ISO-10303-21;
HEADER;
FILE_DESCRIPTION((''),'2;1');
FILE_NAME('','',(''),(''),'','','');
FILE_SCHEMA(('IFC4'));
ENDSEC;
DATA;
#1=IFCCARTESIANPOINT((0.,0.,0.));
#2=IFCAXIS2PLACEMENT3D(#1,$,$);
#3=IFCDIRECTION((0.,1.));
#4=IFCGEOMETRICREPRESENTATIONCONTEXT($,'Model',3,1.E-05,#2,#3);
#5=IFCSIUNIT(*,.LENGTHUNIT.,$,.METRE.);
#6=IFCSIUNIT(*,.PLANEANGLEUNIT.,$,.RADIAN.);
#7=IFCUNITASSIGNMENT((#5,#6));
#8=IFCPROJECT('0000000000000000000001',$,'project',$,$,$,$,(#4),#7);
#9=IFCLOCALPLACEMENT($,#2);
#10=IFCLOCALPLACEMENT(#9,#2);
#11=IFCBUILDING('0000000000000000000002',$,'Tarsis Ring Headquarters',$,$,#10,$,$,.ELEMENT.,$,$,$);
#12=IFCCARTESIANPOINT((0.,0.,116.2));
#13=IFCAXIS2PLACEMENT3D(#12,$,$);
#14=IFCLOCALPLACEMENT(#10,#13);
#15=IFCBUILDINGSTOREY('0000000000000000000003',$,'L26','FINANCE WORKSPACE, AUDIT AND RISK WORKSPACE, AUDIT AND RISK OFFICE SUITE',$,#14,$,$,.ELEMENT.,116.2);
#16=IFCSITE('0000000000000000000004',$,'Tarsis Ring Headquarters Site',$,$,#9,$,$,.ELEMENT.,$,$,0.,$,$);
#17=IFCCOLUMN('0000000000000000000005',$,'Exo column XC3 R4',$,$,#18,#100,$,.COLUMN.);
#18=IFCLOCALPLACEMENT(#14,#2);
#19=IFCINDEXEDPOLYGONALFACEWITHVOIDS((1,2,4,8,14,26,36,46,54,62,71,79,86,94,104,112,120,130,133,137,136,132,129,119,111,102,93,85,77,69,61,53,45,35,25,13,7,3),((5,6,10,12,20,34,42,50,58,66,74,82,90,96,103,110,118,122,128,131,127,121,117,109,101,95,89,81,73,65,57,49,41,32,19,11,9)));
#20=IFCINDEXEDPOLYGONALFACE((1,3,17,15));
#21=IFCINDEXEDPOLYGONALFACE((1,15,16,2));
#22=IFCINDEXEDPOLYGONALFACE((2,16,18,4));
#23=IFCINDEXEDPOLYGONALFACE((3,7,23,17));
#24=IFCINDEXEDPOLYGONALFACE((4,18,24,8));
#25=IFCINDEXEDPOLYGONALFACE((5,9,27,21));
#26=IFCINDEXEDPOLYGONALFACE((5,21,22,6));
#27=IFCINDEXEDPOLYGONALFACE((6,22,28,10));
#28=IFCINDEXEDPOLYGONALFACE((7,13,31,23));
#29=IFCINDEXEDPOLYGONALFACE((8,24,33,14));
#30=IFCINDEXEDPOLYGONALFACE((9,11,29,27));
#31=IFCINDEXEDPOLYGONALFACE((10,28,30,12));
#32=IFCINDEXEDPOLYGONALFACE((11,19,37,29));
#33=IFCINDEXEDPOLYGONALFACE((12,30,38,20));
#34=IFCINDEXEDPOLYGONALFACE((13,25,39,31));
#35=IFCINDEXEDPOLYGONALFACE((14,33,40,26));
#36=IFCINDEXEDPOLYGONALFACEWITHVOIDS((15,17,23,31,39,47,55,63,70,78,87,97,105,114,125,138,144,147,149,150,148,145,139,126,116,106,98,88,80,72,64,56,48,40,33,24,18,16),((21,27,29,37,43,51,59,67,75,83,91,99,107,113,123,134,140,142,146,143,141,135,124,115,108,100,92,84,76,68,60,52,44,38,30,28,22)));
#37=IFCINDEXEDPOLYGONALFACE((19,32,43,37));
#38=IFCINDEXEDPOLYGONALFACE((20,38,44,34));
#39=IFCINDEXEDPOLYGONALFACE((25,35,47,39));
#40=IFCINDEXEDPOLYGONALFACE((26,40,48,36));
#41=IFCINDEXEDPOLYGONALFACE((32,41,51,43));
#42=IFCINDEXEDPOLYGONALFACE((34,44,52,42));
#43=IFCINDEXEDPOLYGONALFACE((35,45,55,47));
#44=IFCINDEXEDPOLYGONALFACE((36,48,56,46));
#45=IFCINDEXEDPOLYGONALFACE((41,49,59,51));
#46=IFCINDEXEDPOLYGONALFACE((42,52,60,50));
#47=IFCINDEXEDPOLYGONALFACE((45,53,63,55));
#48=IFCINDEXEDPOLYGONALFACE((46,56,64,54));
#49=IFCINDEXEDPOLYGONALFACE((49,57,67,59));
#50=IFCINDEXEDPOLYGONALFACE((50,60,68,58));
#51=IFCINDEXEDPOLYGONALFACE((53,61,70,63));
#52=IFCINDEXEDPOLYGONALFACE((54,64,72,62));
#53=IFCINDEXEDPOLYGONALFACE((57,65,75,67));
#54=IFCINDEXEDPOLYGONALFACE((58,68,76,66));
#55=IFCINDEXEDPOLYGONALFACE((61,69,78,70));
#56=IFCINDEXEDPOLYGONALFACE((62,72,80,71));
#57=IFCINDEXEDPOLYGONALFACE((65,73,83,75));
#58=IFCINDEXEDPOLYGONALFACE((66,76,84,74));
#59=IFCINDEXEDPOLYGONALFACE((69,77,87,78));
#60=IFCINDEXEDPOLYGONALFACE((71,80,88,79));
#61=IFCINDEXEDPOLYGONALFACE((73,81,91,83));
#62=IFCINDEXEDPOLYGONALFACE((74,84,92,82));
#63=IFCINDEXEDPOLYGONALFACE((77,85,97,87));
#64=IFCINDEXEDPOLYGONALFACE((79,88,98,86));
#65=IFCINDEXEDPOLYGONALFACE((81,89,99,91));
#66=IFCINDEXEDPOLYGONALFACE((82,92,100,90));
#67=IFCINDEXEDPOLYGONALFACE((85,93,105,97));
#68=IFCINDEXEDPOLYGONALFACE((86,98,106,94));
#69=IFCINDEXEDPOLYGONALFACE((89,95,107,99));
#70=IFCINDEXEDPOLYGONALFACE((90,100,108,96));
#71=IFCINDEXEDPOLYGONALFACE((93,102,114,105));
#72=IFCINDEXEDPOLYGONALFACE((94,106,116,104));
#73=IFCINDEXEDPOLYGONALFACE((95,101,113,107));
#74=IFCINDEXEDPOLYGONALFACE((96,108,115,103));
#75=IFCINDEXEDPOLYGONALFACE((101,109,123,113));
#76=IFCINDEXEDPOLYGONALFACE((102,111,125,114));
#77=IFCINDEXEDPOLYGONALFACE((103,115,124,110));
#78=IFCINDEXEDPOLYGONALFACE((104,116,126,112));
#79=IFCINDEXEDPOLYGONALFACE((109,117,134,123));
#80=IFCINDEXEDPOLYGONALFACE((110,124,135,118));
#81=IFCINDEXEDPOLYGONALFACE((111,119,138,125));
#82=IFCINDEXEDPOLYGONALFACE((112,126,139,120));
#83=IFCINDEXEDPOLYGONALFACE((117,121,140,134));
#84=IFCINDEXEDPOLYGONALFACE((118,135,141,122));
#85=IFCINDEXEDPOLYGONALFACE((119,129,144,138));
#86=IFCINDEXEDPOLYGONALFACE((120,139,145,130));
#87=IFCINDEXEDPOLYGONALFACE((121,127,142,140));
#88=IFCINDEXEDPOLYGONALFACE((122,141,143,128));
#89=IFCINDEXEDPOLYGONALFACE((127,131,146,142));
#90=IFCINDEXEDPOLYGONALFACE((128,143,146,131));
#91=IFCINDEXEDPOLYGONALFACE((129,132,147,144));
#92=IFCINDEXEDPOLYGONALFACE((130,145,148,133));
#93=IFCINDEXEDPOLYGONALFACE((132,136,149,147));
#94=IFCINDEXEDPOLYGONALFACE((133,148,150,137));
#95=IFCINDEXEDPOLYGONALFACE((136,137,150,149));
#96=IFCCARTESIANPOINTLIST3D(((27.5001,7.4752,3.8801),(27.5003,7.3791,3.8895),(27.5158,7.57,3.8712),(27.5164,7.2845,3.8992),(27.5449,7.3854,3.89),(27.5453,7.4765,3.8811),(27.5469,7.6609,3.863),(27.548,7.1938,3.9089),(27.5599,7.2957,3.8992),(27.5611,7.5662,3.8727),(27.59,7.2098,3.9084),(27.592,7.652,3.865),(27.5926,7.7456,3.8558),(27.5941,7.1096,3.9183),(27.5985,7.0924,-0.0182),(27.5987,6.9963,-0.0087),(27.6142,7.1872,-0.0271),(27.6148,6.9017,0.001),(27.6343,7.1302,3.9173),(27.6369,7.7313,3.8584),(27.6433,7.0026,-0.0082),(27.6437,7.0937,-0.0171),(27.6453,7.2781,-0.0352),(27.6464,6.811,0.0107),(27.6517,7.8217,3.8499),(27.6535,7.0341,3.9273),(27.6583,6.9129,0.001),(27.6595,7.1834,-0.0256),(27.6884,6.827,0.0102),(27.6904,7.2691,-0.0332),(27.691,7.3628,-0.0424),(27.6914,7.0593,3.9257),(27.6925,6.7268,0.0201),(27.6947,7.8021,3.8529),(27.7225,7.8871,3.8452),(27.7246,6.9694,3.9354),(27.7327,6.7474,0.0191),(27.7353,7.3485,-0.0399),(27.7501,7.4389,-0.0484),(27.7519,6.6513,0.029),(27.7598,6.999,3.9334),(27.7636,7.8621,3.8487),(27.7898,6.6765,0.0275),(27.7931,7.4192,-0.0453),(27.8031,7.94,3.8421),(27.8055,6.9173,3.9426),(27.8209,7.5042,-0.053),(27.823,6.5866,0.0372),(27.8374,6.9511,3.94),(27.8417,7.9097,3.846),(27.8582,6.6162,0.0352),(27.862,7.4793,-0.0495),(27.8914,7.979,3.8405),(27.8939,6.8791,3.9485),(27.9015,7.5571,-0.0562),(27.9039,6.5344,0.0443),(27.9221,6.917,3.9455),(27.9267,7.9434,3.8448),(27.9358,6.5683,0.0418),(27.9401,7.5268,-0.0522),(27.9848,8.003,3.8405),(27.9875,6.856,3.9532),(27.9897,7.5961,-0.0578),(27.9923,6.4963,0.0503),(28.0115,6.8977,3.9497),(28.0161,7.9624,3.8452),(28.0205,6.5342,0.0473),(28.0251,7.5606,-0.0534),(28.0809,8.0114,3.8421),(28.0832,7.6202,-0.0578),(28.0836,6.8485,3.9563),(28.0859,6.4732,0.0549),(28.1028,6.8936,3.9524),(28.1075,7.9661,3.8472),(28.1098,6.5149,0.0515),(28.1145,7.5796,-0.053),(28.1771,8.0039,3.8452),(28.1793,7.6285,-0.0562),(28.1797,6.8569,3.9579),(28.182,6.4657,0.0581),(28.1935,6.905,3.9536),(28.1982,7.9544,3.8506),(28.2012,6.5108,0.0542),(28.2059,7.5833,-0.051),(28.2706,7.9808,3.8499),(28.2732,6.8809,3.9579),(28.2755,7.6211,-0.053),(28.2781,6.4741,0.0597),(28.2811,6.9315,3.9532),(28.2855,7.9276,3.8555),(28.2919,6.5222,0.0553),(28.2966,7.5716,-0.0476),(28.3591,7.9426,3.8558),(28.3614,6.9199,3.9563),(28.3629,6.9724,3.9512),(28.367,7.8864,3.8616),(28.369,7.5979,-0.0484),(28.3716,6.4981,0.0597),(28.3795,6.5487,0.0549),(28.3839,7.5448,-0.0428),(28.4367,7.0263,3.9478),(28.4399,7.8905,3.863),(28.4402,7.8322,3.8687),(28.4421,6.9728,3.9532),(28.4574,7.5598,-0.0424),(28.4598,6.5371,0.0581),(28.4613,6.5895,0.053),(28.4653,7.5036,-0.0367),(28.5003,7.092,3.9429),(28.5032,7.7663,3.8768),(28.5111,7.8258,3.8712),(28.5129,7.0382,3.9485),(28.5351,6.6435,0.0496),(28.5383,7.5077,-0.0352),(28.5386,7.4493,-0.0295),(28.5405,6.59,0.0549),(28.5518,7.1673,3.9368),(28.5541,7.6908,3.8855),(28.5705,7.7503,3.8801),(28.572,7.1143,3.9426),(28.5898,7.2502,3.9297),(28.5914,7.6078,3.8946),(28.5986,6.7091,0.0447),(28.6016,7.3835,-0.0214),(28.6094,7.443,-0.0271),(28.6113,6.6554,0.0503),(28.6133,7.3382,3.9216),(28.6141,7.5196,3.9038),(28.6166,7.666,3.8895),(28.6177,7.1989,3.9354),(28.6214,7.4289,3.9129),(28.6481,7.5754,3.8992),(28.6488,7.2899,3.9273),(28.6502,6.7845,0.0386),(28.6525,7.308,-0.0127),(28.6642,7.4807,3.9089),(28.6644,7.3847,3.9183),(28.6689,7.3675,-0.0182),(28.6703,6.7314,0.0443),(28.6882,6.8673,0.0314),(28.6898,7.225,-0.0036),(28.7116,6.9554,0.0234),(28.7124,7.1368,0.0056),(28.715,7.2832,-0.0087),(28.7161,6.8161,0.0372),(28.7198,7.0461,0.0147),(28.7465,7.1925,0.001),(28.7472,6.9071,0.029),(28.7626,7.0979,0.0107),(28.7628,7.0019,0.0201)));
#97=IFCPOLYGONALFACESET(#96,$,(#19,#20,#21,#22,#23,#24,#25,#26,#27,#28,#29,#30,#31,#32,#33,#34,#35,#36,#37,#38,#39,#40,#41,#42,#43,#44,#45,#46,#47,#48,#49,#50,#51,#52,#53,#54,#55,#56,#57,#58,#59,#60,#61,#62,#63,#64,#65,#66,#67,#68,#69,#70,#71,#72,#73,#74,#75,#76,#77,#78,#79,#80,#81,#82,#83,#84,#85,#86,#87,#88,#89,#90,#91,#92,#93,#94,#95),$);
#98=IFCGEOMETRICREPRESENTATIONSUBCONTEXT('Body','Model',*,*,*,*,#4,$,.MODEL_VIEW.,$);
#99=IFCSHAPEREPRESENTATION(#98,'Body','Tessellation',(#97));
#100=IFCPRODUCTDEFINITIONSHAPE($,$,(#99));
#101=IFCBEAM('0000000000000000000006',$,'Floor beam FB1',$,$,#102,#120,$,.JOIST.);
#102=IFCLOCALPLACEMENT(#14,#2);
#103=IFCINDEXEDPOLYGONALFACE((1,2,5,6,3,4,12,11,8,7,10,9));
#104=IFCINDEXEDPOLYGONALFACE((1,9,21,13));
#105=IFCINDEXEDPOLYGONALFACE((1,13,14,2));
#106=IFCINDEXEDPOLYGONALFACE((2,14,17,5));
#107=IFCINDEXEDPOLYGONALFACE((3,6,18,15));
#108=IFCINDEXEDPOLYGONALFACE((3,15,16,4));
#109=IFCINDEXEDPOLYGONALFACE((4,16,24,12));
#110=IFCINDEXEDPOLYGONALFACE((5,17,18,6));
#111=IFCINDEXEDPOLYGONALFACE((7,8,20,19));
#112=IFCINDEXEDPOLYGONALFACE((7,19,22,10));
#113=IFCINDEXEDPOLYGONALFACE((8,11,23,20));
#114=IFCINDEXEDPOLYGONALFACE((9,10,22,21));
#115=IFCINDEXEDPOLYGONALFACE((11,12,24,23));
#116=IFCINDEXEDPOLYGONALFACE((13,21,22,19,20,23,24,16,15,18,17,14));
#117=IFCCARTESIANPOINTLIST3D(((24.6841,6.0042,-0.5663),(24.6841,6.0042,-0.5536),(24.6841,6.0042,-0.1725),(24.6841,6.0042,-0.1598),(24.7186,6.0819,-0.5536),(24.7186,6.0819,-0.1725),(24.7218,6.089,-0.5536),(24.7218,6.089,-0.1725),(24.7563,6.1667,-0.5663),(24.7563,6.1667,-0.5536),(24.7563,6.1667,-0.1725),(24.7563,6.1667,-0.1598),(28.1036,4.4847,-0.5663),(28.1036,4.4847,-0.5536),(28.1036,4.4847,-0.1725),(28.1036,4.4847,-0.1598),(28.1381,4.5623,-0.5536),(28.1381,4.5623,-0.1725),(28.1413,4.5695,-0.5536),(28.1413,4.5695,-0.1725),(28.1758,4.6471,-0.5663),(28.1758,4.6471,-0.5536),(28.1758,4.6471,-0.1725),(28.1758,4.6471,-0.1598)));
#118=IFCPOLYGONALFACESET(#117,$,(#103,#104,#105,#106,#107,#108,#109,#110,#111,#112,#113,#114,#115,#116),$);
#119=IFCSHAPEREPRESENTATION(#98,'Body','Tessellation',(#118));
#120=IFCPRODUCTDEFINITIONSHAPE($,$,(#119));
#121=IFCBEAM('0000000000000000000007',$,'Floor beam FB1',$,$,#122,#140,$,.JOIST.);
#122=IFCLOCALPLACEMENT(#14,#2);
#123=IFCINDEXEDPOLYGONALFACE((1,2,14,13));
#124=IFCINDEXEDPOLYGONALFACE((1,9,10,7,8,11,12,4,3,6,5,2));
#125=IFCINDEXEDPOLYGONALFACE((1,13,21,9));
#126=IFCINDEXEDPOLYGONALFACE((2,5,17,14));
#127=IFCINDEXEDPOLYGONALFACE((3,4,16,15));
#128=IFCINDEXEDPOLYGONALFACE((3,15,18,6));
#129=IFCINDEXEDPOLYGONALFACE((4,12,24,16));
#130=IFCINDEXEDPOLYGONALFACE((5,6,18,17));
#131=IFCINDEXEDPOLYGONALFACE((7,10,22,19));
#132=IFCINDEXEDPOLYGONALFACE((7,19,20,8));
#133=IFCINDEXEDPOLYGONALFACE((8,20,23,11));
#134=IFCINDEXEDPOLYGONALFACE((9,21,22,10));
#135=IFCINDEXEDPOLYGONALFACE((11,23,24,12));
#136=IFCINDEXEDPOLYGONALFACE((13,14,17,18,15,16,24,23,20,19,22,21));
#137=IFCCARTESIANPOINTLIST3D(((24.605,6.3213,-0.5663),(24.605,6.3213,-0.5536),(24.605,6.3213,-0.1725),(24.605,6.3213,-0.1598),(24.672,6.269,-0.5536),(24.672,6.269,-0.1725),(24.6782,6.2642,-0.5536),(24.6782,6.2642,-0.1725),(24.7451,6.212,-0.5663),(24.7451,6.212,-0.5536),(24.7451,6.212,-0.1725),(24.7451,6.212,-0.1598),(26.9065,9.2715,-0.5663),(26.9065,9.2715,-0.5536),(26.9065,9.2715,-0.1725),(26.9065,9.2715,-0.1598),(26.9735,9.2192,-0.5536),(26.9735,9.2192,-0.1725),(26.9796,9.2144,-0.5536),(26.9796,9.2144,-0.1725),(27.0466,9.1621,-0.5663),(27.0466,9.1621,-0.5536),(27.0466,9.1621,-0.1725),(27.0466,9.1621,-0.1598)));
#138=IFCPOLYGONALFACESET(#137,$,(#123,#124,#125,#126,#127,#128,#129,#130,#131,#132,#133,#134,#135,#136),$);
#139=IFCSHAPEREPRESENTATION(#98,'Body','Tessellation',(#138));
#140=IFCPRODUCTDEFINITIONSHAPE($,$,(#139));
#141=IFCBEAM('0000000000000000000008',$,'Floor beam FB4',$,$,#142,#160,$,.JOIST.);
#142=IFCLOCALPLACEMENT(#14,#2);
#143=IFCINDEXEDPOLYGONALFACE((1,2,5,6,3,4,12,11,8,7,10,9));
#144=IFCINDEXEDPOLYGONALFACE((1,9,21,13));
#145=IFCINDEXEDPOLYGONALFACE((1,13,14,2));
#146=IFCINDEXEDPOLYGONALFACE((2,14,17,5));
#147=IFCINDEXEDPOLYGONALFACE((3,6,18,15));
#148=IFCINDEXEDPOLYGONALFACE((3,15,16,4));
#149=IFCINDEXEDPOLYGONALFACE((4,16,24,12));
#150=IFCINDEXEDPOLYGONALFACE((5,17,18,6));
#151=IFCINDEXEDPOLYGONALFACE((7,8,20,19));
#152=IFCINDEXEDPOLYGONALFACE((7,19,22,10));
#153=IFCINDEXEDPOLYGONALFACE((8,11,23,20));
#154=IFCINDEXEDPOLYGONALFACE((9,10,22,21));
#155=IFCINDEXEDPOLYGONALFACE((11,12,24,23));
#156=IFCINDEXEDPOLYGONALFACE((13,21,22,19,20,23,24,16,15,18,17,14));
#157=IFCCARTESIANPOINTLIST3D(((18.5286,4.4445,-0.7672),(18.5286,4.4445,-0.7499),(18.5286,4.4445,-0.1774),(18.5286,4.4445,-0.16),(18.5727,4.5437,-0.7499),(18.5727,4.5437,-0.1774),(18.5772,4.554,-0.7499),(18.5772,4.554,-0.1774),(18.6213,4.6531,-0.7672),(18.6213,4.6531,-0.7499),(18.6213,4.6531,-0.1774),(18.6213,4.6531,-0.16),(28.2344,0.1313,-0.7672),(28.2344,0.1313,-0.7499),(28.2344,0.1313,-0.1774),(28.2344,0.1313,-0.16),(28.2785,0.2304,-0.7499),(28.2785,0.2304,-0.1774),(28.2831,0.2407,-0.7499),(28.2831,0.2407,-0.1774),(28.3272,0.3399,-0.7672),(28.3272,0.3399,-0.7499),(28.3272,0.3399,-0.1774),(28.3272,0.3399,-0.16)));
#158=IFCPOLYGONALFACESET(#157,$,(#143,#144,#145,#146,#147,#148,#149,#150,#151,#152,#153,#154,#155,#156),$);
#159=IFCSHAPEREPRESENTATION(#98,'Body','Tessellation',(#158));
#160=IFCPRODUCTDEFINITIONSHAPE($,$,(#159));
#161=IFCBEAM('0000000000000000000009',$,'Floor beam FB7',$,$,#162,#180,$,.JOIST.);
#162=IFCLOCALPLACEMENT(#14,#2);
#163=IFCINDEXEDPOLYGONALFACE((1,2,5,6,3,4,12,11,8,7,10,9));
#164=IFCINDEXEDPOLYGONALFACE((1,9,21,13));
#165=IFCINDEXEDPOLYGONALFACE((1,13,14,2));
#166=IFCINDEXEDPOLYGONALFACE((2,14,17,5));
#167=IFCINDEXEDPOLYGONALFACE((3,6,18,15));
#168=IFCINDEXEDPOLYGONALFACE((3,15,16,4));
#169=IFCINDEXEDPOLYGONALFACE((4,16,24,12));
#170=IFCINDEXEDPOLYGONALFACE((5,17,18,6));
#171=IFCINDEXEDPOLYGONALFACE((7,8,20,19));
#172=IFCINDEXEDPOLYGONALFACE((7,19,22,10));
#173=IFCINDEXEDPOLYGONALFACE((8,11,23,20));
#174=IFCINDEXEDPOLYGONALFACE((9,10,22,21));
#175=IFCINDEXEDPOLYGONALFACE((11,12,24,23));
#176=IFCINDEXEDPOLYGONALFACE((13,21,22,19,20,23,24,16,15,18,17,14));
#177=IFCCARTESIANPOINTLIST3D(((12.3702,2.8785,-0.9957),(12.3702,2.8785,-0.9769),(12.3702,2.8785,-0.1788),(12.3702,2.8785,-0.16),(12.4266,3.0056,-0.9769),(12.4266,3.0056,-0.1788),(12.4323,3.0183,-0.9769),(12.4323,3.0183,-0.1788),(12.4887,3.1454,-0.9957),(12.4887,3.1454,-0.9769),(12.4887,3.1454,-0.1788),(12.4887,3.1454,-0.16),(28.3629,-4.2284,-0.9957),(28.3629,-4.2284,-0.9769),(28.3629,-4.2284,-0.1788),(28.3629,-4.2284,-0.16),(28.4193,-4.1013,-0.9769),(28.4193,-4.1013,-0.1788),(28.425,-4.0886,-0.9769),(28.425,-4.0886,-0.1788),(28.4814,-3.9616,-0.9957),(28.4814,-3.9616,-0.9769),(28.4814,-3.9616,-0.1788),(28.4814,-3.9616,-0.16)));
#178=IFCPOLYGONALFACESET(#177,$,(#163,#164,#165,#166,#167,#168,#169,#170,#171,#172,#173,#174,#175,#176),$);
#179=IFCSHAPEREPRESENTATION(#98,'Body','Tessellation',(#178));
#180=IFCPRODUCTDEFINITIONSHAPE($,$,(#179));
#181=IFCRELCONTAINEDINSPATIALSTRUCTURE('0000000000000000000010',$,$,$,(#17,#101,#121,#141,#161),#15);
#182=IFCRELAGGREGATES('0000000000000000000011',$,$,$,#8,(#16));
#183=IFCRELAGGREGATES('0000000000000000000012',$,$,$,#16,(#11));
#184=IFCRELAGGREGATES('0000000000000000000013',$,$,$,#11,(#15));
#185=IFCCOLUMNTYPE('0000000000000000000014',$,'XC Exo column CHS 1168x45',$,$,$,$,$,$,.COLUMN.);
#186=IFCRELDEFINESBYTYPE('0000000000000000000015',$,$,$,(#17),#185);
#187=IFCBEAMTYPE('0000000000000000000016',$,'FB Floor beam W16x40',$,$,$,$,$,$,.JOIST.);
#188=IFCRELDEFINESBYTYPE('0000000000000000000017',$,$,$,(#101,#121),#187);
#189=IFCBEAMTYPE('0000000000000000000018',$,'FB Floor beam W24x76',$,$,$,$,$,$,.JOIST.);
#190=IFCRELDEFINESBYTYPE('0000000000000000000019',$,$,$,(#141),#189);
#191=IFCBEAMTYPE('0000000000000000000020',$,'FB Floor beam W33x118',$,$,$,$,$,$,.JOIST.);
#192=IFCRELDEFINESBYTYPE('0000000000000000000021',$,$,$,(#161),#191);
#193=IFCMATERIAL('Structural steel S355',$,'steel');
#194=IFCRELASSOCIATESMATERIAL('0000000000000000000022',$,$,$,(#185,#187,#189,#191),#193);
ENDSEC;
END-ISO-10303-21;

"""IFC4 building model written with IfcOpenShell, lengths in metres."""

from ifc_helpers import new_model, si_unit, direction, frame, origin, origin_2d, place, context, subcontext, project, spatial, hollow_circle, i_section, extrude, material, material_profile, profile_set, type_object, element, save


model = new_model("IFC4")

# Units and contexts
model_context = context("Model", 3, precision=1e-05, world=origin(), true_north=direction((0.0, 1.0)))
body_context = subcontext(model_context, "Body", "Model", "MODEL_VIEW")
ifc_project = project(units=[si_unit("LENGTHUNIT", "METRE"), si_unit("PLANEANGLEUNIT", "RADIAN")], contexts=[model_context])

# Site, building, storey
site_placement = place(None, origin())
site = spatial("IfcSite", under=ifc_project, at=site_placement, Name="Tarsis Ring Headquarters Site", CompositionType="ELEMENT", RefElevation=0.0)
building_placement = place(site_placement, origin())
building = spatial("IfcBuilding", under=site, at=building_placement, Name="Tarsis Ring Headquarters", CompositionType="ELEMENT")
storey_placement = place(building_placement, frame((0.0, 0.0, 116.2)))
storey = spatial("IfcBuildingStorey", under=building, at=storey_placement, Name="L26", Description="FINANCE WORKSPACE, AUDIT AND RISK WORKSPACE, AUDIT AND RISK OFFICE SUITE", CompositionType="ELEMENT", Elevation=116.2)

# Column
ifc_material_1 = material(Name="Structural steel S355", Category="steel")
ifc_material_profile_1 = material_profile(ifc_material_1, hollow_circle(Radius=0.5842, WallThickness=0.0449, at=origin_2d()), Name="CHS 1168x45")
ifc_profile_set_1 = profile_set([ifc_material_profile_1], Name="Structural steel S355")
column_type = type_object("IfcColumnType", Name="XC Exo column CHS 1168x45", PredefinedType="COLUMN", material=ifc_profile_set_1)
column_placement = place(storey_placement, frame((28.1807, 7.0471, 0.001), z_axis=(-0.025111, 0.097702, 0.994899), x_axis=(-0.968523, -0.248925, 0.0)))
element("IfcColumn", 1, at=column_placement, inside=storey, type_object=column_type, Name="Exo column XC3 R4", PredefinedType="COLUMN", context=body_context, shape_type="SweptSolid", body=[
    extrude(hollow_circle(Radius=0.5842, WallThickness=0.0449, at=origin_2d()), origin(), (0.0, 0.0, 1.0), 3.9182),
])

# Beams
ifc_material_profile_2 = material_profile(ifc_material_1, i_section(OverallWidth=0.1777, OverallDepth=0.4065, WebThickness=0.0078, FlangeThickness=0.0127, at=origin_2d()), Name="W16x40")
ifc_profile_set_2 = profile_set([ifc_material_profile_2], Name="Structural steel S355")
beam_type_1 = type_object("IfcBeamType", Name="FB Floor beam W16x40", PredefinedType="JOIST", material=ifc_profile_set_2)
beam_1_placement = place(storey_placement, frame((24.7202, 6.0854, -0.363), z_axis=(0.913833, -0.40609, 0.0), x_axis=(0.40609, 0.913833, 0.0)))
element("IfcBeam", 2, at=beam_1_placement, inside=storey, type_object=beam_type_1, Name="Floor beam FB1", PredefinedType="JOIST", context=body_context, shape_type="SweptSolid", body=[
    extrude(i_section(OverallWidth=0.1777, OverallDepth=0.4065, WebThickness=0.0078, FlangeThickness=0.0127, at=origin_2d()), origin(), (0.0, 0.0, 1.0), 3.7419),
])
beam_2_placement = place(storey_placement, frame((26.9766, 9.2168, -0.363), z_axis=(-0.615092, -0.788455, 0.0), x_axis=(0.788455, -0.615092, 0.0)))
element("IfcBeam", 3, at=beam_2_placement, inside=storey, type_object=beam_type_1, Name="Floor beam FB1", PredefinedType="JOIST", context=body_context, shape_type="SweptSolid", body=[
    extrude(i_section(OverallWidth=0.1777, OverallDepth=0.4065, WebThickness=0.0078, FlangeThickness=0.0127, at=origin_2d()), origin(), (0.0, 0.0, 1.0), 3.7417),
])
ifc_material_profile_3 = material_profile(ifc_material_1, i_section(OverallWidth=0.2283, OverallDepth=0.6072, WebThickness=0.0112, FlangeThickness=0.0173, at=origin_2d()), Name="W24x76")
ifc_profile_set_3 = profile_set([ifc_material_profile_3], Name="Structural steel S355")
beam_type_2 = type_object("IfcBeamType", Name="FB Floor beam W24x76", PredefinedType="JOIST", material=ifc_profile_set_3)
beam_3_placement = place(storey_placement, frame((18.575, 4.5488, -0.4636), z_axis=(0.913828, -0.406102, 0.0), x_axis=(0.406102, 0.913828, 0.0)))
element("IfcBeam", 4, at=beam_3_placement, inside=storey, type_object=beam_type_2, Name="Floor beam FB4", PredefinedType="JOIST", context=body_context, shape_type="SweptSolid", body=[
    extrude(i_section(OverallWidth=0.2283, OverallDepth=0.6072, WebThickness=0.0112, FlangeThickness=0.0173, at=origin_2d()), origin(), (0.0, 0.0, 1.0), 10.6211),
])
ifc_material_profile_4 = material_profile(ifc_material_1, i_section(OverallWidth=0.292, OverallDepth=0.8357, WebThickness=0.0139, FlangeThickness=0.0188, at=origin_2d()), Name="W33x118")
ifc_profile_set_4 = profile_set([ifc_material_profile_4], Name="Structural steel S355")
beam_type_3 = type_object("IfcBeamType", Name="FB Floor beam W33x118", PredefinedType="JOIST", material=ifc_profile_set_4)
beam_4_placement = place(storey_placement, frame((12.4294, 3.012, -0.5779), z_axis=(0.913831, -0.406094, 0.0), x_axis=(0.406094, 0.913831, 0.0)))
element("IfcBeam", 5, at=beam_4_placement, inside=storey, type_object=beam_type_3, Name="Floor beam FB7", PredefinedType="JOIST", context=body_context, shape_type="SweptSolid", body=[
    extrude(i_section(OverallWidth=0.292, OverallDepth=0.8357, WebThickness=0.0139, FlangeThickness=0.0188, at=origin_2d()), origin(), (0.0, 0.0, 1.0), 17.5007),
])

save(model, "model.ifc")
